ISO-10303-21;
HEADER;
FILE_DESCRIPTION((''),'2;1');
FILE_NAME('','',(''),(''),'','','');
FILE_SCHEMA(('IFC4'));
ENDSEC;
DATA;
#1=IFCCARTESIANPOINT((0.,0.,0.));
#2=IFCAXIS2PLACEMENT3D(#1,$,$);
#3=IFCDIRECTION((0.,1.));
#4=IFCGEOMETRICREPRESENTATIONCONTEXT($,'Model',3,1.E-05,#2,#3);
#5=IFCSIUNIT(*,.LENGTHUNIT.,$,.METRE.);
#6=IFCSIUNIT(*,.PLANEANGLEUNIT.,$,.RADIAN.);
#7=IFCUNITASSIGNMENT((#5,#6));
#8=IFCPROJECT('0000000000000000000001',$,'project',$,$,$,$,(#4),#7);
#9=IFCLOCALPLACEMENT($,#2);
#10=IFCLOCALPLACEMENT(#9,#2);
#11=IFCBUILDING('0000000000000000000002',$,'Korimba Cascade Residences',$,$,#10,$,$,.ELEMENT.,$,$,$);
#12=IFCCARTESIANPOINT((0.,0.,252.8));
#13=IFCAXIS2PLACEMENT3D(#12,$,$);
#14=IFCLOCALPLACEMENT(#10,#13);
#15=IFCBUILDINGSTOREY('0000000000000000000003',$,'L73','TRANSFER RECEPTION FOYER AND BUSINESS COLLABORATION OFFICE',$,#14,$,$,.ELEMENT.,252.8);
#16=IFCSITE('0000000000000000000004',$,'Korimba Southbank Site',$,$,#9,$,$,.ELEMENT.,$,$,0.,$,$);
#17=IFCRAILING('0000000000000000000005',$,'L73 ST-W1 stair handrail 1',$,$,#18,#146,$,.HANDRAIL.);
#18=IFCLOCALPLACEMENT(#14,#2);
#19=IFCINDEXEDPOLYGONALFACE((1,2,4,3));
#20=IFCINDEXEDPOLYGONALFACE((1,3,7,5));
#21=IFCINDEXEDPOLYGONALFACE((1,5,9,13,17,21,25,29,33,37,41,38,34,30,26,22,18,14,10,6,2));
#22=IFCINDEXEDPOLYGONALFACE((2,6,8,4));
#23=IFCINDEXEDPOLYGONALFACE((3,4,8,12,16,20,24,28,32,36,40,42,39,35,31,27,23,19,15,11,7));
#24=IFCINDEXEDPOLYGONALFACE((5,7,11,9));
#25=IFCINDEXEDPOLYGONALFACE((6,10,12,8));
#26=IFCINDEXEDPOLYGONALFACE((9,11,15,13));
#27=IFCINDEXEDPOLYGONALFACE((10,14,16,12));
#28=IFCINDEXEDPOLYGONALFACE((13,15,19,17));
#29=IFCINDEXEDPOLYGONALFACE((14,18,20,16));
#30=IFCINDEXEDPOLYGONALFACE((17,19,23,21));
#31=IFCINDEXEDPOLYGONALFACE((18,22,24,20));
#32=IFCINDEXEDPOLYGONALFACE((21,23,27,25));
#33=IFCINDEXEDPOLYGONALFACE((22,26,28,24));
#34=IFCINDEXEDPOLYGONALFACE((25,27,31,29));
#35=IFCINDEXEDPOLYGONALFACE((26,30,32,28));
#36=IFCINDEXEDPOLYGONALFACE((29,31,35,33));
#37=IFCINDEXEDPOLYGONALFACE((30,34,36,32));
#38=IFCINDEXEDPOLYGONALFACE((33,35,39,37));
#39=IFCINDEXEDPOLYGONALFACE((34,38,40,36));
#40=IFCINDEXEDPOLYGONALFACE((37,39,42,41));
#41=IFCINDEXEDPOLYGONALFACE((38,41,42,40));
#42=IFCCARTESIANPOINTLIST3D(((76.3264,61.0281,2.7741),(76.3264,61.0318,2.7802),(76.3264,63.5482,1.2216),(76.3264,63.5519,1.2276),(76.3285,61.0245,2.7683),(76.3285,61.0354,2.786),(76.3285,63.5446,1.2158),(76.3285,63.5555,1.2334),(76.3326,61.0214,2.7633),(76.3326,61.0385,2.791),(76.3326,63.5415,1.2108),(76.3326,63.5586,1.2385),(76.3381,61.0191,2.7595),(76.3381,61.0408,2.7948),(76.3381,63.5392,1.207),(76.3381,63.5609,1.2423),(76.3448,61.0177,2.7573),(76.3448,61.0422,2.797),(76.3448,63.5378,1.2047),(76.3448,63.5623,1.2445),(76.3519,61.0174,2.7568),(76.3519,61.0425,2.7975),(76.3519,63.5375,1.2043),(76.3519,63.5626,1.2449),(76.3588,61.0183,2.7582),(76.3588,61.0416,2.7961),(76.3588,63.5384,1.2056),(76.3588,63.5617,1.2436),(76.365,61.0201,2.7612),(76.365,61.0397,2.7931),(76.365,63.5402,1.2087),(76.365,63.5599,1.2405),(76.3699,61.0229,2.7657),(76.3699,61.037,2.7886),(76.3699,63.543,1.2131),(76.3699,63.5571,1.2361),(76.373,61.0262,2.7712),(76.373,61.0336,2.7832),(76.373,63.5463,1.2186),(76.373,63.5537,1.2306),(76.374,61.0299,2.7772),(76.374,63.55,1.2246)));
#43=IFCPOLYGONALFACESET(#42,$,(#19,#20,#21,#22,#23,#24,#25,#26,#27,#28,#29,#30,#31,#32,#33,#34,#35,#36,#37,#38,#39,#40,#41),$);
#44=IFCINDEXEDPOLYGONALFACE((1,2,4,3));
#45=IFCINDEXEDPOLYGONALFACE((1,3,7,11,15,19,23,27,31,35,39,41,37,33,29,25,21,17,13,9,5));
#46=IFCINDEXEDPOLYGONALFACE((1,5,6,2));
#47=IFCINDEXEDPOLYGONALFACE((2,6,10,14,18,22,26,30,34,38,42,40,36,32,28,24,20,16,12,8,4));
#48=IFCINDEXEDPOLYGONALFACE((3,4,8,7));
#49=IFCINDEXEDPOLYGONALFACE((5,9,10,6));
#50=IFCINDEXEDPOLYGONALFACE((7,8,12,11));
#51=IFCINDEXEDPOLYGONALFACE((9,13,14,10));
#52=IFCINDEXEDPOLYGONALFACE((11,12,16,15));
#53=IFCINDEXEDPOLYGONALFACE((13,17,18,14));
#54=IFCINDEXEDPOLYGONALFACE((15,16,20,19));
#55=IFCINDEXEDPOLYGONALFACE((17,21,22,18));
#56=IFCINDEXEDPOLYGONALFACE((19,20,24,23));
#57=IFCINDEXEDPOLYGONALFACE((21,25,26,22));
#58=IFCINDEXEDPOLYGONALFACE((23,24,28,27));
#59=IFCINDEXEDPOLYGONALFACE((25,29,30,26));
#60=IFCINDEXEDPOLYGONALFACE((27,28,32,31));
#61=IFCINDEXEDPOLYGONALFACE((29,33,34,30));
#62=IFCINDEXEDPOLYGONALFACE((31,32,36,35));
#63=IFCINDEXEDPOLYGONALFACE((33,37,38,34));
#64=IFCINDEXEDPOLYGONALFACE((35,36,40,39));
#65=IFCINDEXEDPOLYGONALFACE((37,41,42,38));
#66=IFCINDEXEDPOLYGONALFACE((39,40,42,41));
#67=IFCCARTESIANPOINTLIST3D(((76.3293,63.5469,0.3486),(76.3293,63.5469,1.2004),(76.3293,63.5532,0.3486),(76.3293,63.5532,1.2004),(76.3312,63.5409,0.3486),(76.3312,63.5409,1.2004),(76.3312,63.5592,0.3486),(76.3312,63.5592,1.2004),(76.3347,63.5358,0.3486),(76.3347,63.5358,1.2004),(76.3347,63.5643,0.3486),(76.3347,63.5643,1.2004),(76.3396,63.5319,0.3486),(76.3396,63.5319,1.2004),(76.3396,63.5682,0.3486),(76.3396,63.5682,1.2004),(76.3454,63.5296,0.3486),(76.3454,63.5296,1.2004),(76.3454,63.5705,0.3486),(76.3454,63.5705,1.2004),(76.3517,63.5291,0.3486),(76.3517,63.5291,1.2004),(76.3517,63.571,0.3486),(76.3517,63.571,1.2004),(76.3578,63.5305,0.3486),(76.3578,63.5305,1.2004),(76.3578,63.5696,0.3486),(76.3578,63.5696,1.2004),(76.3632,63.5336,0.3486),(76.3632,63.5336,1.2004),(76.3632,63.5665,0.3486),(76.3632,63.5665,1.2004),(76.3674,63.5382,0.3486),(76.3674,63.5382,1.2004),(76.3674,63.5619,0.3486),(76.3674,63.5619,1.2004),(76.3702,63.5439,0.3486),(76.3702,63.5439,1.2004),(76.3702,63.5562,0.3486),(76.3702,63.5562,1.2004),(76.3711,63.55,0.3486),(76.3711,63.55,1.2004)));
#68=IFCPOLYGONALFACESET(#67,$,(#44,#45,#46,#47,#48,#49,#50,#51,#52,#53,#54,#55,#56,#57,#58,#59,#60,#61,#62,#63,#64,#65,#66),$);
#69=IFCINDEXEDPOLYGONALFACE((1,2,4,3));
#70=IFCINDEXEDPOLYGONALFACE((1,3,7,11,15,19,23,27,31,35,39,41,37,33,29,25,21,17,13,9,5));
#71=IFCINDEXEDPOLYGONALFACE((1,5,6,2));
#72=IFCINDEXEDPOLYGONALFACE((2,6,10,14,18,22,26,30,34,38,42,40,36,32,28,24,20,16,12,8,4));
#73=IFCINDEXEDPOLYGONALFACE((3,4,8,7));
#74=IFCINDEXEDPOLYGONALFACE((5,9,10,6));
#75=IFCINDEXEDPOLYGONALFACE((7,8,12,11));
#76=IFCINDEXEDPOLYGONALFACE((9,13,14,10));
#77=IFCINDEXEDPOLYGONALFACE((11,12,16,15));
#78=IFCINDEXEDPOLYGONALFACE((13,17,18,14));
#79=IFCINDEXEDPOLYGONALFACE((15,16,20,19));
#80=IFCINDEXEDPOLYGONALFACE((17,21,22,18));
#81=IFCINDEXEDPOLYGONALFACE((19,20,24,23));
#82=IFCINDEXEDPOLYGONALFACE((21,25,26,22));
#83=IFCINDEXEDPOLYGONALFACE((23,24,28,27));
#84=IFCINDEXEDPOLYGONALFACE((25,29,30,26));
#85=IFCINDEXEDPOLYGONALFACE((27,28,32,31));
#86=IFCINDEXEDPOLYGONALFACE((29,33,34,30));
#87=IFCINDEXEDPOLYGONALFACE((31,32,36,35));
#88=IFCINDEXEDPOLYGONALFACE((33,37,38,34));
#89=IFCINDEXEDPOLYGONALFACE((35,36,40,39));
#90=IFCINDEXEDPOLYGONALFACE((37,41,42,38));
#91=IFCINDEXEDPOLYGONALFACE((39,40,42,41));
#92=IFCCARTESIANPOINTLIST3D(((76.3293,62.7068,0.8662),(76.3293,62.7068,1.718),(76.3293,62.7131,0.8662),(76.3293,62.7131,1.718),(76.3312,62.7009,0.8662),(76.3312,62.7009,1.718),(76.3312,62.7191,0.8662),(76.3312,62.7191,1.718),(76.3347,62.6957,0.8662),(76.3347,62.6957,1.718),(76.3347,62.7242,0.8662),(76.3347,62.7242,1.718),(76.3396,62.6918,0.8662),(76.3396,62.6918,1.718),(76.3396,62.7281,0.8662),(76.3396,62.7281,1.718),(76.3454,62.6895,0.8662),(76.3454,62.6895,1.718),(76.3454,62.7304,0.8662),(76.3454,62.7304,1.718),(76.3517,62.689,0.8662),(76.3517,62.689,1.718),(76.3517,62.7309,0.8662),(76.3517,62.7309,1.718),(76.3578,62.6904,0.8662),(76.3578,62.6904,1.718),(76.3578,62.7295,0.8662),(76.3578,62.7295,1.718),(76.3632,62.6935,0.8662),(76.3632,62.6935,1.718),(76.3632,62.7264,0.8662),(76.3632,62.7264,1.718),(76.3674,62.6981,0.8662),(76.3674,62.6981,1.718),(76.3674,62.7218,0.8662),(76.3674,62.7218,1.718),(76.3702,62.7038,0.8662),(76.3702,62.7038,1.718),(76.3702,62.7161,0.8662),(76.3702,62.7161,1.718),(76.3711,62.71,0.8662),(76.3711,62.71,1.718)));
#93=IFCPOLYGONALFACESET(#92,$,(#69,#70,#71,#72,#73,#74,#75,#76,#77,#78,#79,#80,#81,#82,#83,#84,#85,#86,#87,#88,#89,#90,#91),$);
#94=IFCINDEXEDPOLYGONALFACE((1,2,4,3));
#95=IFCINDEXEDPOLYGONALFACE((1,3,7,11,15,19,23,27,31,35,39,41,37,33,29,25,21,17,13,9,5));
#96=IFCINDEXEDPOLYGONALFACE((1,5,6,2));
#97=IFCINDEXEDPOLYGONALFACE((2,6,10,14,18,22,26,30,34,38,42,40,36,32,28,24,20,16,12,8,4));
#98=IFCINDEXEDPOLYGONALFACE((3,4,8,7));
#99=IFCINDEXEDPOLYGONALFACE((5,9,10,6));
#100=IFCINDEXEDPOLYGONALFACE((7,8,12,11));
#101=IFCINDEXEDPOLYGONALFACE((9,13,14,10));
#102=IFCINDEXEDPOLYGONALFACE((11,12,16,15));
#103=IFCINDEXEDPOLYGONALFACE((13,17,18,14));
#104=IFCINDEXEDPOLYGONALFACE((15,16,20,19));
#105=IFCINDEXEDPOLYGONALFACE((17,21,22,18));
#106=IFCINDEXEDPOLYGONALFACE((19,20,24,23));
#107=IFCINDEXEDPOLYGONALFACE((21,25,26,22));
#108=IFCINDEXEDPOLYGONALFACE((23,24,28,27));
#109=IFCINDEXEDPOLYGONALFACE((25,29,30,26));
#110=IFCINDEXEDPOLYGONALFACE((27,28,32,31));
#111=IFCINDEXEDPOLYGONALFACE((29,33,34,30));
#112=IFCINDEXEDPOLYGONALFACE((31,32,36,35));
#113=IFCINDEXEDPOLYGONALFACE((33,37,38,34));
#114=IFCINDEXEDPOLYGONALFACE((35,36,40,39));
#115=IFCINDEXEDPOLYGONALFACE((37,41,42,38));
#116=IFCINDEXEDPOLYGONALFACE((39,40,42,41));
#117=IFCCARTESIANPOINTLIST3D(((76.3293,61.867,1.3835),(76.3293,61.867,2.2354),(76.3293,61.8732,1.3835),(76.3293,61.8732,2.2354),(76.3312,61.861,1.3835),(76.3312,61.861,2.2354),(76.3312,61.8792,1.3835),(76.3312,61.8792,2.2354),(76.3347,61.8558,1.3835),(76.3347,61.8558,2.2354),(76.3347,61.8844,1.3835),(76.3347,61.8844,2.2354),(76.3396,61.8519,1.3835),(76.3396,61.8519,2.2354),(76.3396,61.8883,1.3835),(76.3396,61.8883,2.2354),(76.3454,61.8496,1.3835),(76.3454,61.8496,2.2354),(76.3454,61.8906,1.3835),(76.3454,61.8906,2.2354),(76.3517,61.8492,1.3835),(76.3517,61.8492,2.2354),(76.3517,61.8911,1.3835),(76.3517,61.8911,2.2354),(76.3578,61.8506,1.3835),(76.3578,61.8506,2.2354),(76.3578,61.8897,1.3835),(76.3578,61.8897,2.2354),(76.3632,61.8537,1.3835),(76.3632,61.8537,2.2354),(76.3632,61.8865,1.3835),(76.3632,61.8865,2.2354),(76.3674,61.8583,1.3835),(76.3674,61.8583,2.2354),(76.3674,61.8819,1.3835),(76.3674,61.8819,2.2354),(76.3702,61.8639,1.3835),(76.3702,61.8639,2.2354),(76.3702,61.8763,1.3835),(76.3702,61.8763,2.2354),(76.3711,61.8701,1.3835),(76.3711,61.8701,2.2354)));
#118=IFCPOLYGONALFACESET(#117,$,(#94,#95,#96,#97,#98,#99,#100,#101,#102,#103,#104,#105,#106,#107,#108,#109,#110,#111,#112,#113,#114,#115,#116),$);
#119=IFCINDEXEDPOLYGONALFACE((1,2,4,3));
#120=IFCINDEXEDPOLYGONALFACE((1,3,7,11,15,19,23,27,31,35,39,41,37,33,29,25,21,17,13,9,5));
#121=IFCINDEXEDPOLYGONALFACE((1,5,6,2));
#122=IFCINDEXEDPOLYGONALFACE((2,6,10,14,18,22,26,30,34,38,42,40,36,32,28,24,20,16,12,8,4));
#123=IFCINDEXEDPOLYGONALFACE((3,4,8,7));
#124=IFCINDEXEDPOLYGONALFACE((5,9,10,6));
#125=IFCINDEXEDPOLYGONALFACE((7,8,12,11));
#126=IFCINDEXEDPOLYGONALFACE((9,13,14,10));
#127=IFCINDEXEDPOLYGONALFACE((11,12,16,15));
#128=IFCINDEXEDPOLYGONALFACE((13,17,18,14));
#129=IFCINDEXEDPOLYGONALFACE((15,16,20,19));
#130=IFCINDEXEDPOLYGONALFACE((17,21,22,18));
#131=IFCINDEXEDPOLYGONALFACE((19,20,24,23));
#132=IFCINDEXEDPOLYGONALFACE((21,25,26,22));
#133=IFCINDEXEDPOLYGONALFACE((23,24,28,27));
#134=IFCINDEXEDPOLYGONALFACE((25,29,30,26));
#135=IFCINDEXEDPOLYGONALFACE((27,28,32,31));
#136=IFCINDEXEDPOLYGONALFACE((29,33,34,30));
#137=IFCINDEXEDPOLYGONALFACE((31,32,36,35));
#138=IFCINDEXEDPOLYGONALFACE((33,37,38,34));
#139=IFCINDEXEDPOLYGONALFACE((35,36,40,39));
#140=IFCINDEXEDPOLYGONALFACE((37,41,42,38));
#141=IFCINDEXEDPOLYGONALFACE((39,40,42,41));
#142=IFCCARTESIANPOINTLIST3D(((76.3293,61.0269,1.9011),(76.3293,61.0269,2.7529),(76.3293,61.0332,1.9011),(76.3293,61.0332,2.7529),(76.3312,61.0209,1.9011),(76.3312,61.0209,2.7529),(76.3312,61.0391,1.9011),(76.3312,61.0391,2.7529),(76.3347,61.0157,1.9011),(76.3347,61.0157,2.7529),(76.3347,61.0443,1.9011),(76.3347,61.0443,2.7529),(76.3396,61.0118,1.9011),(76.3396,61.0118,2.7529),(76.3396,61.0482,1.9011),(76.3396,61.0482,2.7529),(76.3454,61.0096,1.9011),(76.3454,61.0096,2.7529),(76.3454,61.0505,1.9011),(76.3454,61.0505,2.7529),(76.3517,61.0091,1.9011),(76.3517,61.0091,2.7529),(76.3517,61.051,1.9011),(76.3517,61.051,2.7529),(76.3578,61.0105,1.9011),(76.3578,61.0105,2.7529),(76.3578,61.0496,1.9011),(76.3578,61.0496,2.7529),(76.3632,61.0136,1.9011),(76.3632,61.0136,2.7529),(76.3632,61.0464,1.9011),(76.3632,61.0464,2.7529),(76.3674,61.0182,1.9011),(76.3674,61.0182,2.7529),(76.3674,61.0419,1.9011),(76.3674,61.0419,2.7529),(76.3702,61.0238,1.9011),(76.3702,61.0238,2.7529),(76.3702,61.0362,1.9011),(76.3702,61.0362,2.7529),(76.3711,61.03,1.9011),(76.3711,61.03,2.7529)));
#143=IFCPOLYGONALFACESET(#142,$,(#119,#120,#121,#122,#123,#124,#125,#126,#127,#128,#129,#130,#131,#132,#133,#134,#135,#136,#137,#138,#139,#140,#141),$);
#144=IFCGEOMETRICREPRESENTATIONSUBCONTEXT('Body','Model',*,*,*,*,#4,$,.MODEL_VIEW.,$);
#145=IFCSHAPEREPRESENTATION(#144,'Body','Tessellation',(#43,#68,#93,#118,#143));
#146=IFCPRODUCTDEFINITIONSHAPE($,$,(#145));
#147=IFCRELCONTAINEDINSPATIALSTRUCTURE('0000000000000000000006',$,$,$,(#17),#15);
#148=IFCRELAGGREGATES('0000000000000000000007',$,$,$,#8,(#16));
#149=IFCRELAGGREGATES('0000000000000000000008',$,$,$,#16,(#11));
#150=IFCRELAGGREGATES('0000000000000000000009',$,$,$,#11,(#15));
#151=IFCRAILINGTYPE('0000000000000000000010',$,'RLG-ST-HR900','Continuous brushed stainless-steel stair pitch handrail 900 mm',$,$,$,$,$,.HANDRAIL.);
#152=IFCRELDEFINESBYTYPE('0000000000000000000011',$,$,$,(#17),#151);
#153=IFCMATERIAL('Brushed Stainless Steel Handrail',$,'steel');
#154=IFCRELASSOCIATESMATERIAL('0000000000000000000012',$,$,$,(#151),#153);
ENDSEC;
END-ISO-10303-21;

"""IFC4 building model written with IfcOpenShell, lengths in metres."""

from ifc_helpers import new_model, si_unit, direction, frame, origin, origin_2d, place, context, subcontext, project, spatial, circle, extrude, material, type_object, element, save


model = new_model("IFC4")

# Units and contexts
model_context = context("Model", 3, precision=1e-05, world=origin(), true_north=direction((0.0, 1.0)))
body_context = subcontext(model_context, "Body", "Model", "MODEL_VIEW")
ifc_project = project(units=[si_unit("LENGTHUNIT", "METRE"), si_unit("PLANEANGLEUNIT", "RADIAN")], contexts=[model_context])

# Site, building, storey
site_placement = place(None, origin())
site = spatial("IfcSite", under=ifc_project, at=site_placement, Name="Korimba Southbank Site", CompositionType="ELEMENT", RefElevation=0.0)
building_placement = place(site_placement, origin())
building = spatial("IfcBuilding", under=site, at=building_placement, Name="Korimba Cascade Residences", CompositionType="ELEMENT")
storey_placement = place(building_placement, frame((0.0, 0.0, 252.8)))
storey = spatial("IfcBuildingStorey", under=building, at=storey_placement, Name="L73", Description="TRANSFER RECEPTION FOYER AND BUSINESS COLLABORATION OFFICE", CompositionType="ELEMENT", Elevation=252.8)

# Railing
ifc_material_1 = material(Name="Brushed Stainless Steel Handrail", Category="steel")
railing_type_1 = type_object("IfcRailingType", Name="RLG-ST-HR900", Description="Continuous brushed stainless-steel stair pitch handrail 900 mm", PredefinedType="HANDRAIL", material=ifc_material_1)
railing_1_placement = place(storey_placement, frame((76.3501, 63.55, 0.3486)))
element("IfcRailing", 1, at=railing_1_placement, inside=storey, type_object=railing_type_1, Name="L73 ST-W1 stair handrail 1", PredefinedType="HANDRAIL", context=body_context, shape_type="SweptSolid", body=[
    extrude(circle(Radius=0.0239, at=origin_2d()), frame((0.0, 0.0, 0.876), z_axis=(0.0, -0.8514, 0.524516), x_axis=(1.0, 0.0, 0.0)), (0.0, 0.0, 1.0), 2.96),
    extrude(circle(Radius=0.021, at=origin_2d()), origin(), (0.0, 0.0, 1.0), 0.8518),
    extrude(circle(Radius=0.021, at=origin_2d()), frame((0.0, -0.8401, 0.5176)), (0.0, 0.0, 1.0), 0.8518),
    extrude(circle(Radius=0.021, at=origin_2d()), frame((0.0, -1.6799, 1.0349)), (0.0, 0.0, 1.0), 0.8518),
    extrude(circle(Radius=0.021, at=origin_2d()), frame((0.0, -2.52, 1.5525)), (0.0, 0.0, 1.0), 0.8518),
])

save(model, "model.ifc")
